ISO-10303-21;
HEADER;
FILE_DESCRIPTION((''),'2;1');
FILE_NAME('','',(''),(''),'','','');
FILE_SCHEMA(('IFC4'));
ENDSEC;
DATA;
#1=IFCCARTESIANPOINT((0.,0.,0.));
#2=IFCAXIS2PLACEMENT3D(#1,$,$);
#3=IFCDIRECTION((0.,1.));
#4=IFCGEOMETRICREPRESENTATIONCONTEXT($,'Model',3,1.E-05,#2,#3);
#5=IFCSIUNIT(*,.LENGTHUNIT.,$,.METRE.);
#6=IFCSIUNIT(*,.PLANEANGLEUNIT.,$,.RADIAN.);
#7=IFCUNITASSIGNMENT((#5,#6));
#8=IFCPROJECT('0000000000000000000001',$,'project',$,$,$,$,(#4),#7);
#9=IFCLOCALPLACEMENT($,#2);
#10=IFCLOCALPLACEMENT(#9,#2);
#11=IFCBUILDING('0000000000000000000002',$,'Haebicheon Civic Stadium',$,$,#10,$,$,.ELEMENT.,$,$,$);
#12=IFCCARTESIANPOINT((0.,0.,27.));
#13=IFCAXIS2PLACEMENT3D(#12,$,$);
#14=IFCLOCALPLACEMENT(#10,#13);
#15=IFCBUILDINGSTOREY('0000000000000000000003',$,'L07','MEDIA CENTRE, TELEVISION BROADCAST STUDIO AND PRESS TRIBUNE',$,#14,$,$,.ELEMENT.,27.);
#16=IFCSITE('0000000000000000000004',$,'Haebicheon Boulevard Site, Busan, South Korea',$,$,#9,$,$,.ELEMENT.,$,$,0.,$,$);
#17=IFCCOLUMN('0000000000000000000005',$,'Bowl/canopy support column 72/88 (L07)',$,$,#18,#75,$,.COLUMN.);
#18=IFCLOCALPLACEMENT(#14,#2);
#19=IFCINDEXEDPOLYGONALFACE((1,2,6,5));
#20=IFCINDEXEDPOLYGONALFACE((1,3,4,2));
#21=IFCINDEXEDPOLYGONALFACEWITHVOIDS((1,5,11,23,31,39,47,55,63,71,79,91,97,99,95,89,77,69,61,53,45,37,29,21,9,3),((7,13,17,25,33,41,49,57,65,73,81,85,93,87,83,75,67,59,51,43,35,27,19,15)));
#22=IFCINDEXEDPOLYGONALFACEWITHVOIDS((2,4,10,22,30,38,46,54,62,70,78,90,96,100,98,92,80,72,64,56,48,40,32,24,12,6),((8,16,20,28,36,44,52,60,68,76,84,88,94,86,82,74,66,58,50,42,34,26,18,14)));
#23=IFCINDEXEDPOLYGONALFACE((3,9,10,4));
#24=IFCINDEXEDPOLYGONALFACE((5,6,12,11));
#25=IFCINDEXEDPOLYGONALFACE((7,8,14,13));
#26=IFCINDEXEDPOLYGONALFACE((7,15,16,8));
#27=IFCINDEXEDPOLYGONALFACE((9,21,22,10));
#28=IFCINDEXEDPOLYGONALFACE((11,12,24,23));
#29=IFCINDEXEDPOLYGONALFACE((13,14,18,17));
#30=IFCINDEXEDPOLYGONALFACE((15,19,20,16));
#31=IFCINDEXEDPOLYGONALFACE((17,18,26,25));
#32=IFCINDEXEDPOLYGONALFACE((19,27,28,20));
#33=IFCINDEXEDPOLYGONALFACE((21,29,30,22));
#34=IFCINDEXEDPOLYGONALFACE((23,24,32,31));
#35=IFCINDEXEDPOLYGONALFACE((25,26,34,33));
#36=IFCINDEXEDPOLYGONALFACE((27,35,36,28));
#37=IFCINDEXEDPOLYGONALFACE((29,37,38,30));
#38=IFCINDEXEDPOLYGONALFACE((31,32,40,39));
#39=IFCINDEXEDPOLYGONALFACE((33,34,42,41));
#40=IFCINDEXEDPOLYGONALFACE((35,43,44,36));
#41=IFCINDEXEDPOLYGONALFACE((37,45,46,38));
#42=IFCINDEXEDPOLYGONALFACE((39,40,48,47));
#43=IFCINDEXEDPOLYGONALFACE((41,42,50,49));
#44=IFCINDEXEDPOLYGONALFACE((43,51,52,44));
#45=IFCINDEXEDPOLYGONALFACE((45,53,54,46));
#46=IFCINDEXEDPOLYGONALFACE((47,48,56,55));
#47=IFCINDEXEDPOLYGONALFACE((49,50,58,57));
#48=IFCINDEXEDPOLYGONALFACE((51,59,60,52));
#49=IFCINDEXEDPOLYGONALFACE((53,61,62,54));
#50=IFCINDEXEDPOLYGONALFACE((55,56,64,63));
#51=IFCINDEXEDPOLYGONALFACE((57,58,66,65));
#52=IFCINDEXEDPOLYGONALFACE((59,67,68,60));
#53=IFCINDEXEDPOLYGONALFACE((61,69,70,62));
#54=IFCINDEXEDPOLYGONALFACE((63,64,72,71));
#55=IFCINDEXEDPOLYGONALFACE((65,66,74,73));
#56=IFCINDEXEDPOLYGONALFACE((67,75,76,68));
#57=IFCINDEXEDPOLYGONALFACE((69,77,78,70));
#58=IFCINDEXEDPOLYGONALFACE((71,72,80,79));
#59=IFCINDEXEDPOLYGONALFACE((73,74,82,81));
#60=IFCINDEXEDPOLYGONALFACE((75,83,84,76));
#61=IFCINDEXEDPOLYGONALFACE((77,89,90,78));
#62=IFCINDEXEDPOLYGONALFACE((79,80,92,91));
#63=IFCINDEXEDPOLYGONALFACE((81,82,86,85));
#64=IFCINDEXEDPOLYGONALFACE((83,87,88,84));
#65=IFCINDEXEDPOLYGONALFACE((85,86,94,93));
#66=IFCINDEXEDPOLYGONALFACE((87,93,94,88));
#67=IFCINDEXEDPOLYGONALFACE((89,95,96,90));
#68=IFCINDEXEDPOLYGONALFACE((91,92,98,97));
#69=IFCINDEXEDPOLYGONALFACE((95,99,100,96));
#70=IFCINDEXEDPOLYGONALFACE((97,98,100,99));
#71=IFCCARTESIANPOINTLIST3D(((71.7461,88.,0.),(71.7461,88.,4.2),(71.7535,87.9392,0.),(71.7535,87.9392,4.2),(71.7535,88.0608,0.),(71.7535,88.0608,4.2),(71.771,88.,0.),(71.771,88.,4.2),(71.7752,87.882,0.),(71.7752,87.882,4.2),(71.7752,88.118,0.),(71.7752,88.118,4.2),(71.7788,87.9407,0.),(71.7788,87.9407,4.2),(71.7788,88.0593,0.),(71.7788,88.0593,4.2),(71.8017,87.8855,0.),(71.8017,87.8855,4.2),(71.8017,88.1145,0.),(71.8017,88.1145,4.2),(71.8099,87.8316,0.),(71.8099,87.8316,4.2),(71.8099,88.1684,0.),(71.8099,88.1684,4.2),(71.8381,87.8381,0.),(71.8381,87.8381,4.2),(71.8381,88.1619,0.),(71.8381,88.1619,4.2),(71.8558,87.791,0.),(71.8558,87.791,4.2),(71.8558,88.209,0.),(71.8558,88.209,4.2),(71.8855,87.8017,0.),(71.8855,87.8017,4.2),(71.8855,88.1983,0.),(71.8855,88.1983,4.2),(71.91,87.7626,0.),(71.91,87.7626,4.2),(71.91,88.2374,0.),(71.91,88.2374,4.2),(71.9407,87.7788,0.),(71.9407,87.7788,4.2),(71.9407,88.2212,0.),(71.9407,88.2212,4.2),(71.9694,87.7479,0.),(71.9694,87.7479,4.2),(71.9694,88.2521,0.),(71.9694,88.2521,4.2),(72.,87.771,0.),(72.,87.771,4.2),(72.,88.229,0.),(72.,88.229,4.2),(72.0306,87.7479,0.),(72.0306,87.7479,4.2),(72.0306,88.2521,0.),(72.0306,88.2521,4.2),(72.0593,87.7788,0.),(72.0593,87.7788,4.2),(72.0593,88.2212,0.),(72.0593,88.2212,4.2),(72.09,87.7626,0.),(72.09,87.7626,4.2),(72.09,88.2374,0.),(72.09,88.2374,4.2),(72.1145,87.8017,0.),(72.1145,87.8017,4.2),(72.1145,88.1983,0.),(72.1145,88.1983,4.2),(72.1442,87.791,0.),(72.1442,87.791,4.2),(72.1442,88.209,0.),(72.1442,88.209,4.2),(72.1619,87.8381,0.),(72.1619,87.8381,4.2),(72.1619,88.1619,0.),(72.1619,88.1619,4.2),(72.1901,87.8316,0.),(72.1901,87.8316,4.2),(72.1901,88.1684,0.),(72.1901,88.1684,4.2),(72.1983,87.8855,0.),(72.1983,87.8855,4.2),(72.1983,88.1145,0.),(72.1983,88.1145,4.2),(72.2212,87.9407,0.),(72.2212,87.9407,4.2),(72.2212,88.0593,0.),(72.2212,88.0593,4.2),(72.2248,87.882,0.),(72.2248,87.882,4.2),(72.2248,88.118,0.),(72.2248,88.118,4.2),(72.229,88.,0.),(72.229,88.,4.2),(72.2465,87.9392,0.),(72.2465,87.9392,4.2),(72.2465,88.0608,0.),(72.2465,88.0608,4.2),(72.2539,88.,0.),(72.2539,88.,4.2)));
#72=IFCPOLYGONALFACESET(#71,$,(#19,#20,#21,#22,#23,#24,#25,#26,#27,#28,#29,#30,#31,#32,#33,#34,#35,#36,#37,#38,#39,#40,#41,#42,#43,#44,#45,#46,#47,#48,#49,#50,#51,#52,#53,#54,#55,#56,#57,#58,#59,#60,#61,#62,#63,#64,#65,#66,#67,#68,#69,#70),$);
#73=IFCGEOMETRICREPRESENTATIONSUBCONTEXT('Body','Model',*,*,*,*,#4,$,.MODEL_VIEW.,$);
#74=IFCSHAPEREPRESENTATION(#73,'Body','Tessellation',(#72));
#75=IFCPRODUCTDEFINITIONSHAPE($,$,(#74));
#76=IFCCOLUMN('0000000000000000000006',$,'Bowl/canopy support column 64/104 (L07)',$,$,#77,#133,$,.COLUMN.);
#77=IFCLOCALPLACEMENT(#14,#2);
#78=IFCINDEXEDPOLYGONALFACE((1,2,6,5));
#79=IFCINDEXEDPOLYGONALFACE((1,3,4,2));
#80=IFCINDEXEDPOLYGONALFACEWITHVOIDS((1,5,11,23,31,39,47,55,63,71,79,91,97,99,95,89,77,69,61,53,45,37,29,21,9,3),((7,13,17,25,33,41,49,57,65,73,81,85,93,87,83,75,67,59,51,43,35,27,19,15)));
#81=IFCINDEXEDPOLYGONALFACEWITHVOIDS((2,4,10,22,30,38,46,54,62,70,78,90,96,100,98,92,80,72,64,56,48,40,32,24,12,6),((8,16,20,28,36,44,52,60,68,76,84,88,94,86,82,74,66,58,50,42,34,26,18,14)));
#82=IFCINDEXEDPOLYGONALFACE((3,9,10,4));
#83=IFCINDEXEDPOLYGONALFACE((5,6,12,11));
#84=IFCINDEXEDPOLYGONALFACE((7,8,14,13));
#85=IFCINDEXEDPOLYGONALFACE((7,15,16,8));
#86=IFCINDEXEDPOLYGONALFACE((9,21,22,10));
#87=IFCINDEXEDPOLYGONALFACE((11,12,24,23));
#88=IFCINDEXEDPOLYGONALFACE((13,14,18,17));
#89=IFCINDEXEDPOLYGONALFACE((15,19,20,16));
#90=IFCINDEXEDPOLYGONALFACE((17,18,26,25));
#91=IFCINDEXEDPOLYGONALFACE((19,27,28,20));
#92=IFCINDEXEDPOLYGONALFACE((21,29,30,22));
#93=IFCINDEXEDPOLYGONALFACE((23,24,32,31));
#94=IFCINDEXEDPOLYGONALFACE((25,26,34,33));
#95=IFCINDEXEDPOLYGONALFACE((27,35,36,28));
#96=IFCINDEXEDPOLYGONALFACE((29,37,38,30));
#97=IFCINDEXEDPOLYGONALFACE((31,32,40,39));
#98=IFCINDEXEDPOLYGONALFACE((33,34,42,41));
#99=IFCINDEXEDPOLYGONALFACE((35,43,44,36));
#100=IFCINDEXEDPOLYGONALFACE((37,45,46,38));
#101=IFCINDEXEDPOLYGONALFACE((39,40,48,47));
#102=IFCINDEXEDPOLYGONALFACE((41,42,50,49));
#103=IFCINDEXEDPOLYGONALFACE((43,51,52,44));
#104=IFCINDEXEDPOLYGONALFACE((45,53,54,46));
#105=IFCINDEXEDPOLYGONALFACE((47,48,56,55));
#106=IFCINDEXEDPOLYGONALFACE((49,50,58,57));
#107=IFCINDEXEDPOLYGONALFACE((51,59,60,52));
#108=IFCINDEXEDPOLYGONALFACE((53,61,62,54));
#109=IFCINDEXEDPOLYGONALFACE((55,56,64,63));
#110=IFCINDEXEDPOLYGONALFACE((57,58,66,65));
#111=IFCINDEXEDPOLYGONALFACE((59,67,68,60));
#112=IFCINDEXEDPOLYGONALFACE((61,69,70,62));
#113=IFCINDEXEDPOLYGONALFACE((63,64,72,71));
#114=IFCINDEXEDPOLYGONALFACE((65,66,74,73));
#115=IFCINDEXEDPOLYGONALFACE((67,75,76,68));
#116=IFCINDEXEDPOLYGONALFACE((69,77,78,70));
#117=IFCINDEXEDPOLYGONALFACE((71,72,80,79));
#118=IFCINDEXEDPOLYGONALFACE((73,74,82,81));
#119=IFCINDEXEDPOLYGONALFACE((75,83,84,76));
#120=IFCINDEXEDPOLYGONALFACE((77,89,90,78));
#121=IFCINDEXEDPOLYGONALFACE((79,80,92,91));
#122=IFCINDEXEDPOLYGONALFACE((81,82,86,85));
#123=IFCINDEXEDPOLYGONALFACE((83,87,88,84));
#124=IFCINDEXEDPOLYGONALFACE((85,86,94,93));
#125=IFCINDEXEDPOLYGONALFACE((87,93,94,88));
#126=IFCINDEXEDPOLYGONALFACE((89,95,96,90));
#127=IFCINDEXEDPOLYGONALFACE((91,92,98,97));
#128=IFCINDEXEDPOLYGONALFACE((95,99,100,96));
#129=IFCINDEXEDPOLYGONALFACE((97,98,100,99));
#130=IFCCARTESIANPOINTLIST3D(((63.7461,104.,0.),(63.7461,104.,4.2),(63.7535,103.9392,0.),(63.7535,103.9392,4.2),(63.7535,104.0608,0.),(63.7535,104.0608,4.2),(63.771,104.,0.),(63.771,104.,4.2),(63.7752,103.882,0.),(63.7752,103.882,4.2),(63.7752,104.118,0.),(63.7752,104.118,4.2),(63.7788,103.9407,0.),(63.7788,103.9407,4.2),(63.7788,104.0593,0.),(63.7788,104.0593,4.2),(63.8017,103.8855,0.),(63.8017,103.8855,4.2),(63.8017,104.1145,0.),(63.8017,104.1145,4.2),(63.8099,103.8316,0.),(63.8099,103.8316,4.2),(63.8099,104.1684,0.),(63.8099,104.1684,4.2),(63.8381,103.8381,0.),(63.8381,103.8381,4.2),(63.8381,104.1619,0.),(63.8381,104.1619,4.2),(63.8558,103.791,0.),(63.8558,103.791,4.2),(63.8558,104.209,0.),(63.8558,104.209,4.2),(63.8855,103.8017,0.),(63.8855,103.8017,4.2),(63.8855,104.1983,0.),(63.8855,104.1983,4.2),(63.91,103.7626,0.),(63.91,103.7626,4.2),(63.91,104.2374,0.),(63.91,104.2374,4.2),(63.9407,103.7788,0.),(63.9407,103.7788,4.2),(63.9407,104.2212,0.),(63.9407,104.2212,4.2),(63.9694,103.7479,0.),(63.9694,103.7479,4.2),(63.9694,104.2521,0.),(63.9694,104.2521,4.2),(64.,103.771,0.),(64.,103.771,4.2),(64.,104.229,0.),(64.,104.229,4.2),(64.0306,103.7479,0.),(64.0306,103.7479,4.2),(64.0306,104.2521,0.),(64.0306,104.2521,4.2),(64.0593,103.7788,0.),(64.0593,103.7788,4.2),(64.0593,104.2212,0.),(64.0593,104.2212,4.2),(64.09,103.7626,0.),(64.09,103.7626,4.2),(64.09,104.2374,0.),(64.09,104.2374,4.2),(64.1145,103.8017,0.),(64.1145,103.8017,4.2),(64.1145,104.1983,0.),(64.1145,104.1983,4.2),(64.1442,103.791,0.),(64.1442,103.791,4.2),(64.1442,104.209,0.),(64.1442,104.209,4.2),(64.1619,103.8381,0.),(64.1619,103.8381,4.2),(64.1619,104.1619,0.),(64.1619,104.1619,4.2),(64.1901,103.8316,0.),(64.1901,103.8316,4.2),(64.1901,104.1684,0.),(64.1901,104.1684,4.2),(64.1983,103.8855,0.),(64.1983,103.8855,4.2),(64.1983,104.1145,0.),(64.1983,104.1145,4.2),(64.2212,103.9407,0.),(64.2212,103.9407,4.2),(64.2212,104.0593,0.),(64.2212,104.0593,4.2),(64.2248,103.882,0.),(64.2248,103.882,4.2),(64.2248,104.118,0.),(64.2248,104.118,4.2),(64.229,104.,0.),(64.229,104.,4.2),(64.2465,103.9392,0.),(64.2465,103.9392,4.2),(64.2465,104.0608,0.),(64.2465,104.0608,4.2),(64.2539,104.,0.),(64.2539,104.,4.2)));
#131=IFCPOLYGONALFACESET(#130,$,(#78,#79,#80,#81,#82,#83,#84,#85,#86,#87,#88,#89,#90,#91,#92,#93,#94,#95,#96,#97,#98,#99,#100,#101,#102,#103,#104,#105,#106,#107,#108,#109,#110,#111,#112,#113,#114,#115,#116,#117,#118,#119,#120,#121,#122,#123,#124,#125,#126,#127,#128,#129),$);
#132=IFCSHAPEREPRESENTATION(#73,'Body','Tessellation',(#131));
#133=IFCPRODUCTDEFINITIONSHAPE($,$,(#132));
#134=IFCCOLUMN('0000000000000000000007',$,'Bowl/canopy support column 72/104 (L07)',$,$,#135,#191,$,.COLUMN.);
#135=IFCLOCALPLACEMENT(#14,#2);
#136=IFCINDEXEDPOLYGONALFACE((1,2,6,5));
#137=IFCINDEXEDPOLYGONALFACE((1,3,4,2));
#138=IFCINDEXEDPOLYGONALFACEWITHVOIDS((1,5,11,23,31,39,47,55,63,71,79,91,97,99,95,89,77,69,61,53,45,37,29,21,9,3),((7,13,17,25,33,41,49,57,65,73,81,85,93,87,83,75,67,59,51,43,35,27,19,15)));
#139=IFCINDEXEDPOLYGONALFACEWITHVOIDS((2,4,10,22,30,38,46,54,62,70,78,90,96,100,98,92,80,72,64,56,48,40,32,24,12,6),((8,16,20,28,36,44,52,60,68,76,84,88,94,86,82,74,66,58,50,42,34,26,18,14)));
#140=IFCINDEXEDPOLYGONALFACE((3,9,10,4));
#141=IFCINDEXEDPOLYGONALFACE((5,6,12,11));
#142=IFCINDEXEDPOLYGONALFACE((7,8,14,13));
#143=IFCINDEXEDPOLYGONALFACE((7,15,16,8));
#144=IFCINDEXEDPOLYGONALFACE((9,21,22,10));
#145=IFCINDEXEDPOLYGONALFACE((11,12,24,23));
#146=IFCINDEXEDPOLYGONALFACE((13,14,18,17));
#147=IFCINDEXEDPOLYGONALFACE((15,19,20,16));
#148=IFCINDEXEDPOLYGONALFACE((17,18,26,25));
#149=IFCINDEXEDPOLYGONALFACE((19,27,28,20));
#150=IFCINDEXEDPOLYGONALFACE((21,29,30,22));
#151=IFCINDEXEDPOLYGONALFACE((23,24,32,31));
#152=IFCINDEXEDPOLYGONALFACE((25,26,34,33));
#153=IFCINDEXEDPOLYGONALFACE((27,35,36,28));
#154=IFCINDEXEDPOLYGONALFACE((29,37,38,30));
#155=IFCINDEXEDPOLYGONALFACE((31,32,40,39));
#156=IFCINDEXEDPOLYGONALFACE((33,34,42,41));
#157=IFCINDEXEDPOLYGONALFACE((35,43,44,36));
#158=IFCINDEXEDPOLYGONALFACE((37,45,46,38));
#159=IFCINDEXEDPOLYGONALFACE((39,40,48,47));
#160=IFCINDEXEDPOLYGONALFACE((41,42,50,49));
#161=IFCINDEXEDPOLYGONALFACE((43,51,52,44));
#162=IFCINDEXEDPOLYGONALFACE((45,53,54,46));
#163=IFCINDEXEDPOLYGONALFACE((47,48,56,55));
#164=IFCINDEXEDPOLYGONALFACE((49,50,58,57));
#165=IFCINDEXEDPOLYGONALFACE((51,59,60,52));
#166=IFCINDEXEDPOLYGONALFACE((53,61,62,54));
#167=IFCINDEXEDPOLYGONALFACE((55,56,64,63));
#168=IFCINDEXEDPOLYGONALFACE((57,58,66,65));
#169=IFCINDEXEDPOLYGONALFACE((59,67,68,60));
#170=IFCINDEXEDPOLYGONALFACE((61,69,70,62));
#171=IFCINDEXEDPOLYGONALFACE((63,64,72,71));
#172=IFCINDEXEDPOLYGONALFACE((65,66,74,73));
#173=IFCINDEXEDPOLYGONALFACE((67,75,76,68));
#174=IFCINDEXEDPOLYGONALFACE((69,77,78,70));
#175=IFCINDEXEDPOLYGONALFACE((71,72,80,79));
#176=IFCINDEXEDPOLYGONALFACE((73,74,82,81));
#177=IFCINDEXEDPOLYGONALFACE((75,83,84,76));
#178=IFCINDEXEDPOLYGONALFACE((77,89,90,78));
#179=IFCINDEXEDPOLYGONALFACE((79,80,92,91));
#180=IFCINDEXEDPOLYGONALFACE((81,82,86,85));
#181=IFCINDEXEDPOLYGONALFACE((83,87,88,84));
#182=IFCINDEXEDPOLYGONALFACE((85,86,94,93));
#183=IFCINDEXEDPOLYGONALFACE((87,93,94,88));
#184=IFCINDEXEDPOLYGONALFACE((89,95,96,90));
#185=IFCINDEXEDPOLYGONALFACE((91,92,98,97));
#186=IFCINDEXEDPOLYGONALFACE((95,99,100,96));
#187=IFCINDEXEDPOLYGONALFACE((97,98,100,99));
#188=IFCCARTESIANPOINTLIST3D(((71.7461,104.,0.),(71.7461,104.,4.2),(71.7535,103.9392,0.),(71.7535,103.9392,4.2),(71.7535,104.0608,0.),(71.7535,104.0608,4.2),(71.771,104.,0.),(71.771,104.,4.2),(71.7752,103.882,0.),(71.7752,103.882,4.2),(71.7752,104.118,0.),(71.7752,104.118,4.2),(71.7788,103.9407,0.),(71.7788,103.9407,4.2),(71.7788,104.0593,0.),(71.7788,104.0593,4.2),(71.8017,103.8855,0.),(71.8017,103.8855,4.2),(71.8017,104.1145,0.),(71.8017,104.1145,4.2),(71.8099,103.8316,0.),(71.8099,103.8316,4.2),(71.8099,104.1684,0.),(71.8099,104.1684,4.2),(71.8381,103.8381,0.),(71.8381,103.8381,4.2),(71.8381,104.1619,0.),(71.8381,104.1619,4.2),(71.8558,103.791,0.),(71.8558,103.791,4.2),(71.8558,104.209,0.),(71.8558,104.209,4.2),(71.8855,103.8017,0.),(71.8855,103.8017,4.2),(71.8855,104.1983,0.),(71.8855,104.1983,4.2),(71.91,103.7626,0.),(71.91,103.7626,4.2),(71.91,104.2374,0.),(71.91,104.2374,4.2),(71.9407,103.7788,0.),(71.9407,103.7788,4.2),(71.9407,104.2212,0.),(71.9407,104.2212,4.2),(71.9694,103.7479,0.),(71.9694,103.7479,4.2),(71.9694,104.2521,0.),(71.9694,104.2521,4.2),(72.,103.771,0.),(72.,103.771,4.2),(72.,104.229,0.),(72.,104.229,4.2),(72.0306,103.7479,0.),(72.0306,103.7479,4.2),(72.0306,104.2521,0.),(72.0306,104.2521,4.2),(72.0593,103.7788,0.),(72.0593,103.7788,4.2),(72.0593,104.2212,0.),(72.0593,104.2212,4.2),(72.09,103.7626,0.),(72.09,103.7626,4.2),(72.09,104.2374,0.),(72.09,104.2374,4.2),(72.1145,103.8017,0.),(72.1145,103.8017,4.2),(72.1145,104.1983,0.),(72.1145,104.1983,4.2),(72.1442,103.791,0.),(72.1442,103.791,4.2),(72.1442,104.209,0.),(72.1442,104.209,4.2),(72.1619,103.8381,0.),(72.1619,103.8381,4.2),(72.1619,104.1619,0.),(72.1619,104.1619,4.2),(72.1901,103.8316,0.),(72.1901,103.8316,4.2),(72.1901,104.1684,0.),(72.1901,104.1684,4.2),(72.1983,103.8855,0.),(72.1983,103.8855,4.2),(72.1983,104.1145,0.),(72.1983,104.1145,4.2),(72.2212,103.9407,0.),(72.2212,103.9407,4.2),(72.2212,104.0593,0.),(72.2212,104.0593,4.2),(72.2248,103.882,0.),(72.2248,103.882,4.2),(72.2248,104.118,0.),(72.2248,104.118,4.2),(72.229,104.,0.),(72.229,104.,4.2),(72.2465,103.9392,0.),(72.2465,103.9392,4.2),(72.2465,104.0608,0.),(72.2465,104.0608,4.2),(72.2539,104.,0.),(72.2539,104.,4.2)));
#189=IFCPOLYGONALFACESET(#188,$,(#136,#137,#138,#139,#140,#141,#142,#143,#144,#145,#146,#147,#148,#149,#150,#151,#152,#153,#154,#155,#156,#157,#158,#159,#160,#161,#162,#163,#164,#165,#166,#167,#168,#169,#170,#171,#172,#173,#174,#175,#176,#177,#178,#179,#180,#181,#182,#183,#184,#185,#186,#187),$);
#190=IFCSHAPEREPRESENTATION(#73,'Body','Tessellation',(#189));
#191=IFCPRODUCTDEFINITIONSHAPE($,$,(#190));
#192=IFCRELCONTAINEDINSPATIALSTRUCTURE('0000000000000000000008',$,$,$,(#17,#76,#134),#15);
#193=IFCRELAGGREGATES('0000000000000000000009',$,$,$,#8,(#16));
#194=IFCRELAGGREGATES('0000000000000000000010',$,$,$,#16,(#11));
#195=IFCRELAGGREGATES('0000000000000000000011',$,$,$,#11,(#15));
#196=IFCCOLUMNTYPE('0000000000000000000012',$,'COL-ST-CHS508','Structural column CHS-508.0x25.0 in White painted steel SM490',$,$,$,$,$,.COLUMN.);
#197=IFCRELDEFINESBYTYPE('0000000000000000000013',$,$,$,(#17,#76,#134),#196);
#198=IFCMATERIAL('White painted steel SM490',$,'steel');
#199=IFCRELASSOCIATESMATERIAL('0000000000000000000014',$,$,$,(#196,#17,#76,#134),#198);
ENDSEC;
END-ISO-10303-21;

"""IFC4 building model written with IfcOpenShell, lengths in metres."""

from ifc_helpers import new_model, si_unit, direction, frame, origin, origin_2d, place, context, subcontext, project, spatial, hollow_circle, extrude, material, material_profile, profile_set, type_object, element, save


model = new_model("IFC4")

# Units and contexts
model_context = context("Model", 3, precision=1e-05, world=origin(), true_north=direction((0.0, 1.0)))
body_context = subcontext(model_context, "Body", "Model", "MODEL_VIEW")
ifc_project = project(units=[si_unit("LENGTHUNIT", "METRE"), si_unit("PLANEANGLEUNIT", "RADIAN")], contexts=[model_context])

# Site, building, storey
site_placement = place(None, origin())
site = spatial("IfcSite", under=ifc_project, at=site_placement, Name="Haebicheon Boulevard Site, Busan, South Korea", CompositionType="ELEMENT", RefElevation=0.0)
building_placement = place(site_placement, origin())
building = spatial("IfcBuilding", under=site, at=building_placement, Name="Haebicheon Civic Stadium", CompositionType="ELEMENT")
storey_placement = place(building_placement, frame((0.0, 0.0, 27.0)))
storey = spatial("IfcBuildingStorey", under=building, at=storey_placement, Name="L07", Description="MEDIA CENTRE, TELEVISION BROADCAST STUDIO AND PRESS TRIBUNE", CompositionType="ELEMENT", Elevation=27.0)

# Columns
ifc_material_1 = material(Name="White painted steel SM490", Category="steel")
ifc_material_profile = material_profile(ifc_material_1, hollow_circle(Radius=0.2539, WallThickness=0.0249, at=origin_2d()), Name="CHS-508.0x25.0")
ifc_profile_set = profile_set([ifc_material_profile], Name="White painted steel SM490")
column_type = type_object("IfcColumnType", Name="COL-ST-CHS508", Description="Structural column CHS-508.0x25.0 in White painted steel SM490", PredefinedType="COLUMN", material=ifc_profile_set)
for number, where, z_axis, x_axis, name in (
    (1, (72.0, 88.0, 0.0), (0.0, 0.0, 1.0), (1.0, 0.0, 0.0), "Bowl/canopy support column 72/88 (L07)"),
    (2, (64.0, 104.0, 0.0), (0.0, 0.0, 1.0), (1.0, 0.0, 0.0), "Bowl/canopy support column 64/104 (L07)"),
    (3, (72.0, 104.0, 0.0), (0.0, 0.0, 1.0), (1.0, 0.0, 0.0), "Bowl/canopy support column 72/104 (L07)"),
):
    element("IfcColumn", number, at=place(storey_placement, frame(where, z_axis=z_axis, x_axis=x_axis)), inside=storey, type_object=column_type, material=ifc_profile_set, Name=name, PredefinedType="COLUMN", context=body_context, shape_type="SweptSolid", body=[
        extrude(hollow_circle(Radius=0.2539, WallThickness=0.0249, at=origin_2d()), origin(), (0.0, 0.0, 1.0), 4.2),
    ])

save(model, "model.ifc")
